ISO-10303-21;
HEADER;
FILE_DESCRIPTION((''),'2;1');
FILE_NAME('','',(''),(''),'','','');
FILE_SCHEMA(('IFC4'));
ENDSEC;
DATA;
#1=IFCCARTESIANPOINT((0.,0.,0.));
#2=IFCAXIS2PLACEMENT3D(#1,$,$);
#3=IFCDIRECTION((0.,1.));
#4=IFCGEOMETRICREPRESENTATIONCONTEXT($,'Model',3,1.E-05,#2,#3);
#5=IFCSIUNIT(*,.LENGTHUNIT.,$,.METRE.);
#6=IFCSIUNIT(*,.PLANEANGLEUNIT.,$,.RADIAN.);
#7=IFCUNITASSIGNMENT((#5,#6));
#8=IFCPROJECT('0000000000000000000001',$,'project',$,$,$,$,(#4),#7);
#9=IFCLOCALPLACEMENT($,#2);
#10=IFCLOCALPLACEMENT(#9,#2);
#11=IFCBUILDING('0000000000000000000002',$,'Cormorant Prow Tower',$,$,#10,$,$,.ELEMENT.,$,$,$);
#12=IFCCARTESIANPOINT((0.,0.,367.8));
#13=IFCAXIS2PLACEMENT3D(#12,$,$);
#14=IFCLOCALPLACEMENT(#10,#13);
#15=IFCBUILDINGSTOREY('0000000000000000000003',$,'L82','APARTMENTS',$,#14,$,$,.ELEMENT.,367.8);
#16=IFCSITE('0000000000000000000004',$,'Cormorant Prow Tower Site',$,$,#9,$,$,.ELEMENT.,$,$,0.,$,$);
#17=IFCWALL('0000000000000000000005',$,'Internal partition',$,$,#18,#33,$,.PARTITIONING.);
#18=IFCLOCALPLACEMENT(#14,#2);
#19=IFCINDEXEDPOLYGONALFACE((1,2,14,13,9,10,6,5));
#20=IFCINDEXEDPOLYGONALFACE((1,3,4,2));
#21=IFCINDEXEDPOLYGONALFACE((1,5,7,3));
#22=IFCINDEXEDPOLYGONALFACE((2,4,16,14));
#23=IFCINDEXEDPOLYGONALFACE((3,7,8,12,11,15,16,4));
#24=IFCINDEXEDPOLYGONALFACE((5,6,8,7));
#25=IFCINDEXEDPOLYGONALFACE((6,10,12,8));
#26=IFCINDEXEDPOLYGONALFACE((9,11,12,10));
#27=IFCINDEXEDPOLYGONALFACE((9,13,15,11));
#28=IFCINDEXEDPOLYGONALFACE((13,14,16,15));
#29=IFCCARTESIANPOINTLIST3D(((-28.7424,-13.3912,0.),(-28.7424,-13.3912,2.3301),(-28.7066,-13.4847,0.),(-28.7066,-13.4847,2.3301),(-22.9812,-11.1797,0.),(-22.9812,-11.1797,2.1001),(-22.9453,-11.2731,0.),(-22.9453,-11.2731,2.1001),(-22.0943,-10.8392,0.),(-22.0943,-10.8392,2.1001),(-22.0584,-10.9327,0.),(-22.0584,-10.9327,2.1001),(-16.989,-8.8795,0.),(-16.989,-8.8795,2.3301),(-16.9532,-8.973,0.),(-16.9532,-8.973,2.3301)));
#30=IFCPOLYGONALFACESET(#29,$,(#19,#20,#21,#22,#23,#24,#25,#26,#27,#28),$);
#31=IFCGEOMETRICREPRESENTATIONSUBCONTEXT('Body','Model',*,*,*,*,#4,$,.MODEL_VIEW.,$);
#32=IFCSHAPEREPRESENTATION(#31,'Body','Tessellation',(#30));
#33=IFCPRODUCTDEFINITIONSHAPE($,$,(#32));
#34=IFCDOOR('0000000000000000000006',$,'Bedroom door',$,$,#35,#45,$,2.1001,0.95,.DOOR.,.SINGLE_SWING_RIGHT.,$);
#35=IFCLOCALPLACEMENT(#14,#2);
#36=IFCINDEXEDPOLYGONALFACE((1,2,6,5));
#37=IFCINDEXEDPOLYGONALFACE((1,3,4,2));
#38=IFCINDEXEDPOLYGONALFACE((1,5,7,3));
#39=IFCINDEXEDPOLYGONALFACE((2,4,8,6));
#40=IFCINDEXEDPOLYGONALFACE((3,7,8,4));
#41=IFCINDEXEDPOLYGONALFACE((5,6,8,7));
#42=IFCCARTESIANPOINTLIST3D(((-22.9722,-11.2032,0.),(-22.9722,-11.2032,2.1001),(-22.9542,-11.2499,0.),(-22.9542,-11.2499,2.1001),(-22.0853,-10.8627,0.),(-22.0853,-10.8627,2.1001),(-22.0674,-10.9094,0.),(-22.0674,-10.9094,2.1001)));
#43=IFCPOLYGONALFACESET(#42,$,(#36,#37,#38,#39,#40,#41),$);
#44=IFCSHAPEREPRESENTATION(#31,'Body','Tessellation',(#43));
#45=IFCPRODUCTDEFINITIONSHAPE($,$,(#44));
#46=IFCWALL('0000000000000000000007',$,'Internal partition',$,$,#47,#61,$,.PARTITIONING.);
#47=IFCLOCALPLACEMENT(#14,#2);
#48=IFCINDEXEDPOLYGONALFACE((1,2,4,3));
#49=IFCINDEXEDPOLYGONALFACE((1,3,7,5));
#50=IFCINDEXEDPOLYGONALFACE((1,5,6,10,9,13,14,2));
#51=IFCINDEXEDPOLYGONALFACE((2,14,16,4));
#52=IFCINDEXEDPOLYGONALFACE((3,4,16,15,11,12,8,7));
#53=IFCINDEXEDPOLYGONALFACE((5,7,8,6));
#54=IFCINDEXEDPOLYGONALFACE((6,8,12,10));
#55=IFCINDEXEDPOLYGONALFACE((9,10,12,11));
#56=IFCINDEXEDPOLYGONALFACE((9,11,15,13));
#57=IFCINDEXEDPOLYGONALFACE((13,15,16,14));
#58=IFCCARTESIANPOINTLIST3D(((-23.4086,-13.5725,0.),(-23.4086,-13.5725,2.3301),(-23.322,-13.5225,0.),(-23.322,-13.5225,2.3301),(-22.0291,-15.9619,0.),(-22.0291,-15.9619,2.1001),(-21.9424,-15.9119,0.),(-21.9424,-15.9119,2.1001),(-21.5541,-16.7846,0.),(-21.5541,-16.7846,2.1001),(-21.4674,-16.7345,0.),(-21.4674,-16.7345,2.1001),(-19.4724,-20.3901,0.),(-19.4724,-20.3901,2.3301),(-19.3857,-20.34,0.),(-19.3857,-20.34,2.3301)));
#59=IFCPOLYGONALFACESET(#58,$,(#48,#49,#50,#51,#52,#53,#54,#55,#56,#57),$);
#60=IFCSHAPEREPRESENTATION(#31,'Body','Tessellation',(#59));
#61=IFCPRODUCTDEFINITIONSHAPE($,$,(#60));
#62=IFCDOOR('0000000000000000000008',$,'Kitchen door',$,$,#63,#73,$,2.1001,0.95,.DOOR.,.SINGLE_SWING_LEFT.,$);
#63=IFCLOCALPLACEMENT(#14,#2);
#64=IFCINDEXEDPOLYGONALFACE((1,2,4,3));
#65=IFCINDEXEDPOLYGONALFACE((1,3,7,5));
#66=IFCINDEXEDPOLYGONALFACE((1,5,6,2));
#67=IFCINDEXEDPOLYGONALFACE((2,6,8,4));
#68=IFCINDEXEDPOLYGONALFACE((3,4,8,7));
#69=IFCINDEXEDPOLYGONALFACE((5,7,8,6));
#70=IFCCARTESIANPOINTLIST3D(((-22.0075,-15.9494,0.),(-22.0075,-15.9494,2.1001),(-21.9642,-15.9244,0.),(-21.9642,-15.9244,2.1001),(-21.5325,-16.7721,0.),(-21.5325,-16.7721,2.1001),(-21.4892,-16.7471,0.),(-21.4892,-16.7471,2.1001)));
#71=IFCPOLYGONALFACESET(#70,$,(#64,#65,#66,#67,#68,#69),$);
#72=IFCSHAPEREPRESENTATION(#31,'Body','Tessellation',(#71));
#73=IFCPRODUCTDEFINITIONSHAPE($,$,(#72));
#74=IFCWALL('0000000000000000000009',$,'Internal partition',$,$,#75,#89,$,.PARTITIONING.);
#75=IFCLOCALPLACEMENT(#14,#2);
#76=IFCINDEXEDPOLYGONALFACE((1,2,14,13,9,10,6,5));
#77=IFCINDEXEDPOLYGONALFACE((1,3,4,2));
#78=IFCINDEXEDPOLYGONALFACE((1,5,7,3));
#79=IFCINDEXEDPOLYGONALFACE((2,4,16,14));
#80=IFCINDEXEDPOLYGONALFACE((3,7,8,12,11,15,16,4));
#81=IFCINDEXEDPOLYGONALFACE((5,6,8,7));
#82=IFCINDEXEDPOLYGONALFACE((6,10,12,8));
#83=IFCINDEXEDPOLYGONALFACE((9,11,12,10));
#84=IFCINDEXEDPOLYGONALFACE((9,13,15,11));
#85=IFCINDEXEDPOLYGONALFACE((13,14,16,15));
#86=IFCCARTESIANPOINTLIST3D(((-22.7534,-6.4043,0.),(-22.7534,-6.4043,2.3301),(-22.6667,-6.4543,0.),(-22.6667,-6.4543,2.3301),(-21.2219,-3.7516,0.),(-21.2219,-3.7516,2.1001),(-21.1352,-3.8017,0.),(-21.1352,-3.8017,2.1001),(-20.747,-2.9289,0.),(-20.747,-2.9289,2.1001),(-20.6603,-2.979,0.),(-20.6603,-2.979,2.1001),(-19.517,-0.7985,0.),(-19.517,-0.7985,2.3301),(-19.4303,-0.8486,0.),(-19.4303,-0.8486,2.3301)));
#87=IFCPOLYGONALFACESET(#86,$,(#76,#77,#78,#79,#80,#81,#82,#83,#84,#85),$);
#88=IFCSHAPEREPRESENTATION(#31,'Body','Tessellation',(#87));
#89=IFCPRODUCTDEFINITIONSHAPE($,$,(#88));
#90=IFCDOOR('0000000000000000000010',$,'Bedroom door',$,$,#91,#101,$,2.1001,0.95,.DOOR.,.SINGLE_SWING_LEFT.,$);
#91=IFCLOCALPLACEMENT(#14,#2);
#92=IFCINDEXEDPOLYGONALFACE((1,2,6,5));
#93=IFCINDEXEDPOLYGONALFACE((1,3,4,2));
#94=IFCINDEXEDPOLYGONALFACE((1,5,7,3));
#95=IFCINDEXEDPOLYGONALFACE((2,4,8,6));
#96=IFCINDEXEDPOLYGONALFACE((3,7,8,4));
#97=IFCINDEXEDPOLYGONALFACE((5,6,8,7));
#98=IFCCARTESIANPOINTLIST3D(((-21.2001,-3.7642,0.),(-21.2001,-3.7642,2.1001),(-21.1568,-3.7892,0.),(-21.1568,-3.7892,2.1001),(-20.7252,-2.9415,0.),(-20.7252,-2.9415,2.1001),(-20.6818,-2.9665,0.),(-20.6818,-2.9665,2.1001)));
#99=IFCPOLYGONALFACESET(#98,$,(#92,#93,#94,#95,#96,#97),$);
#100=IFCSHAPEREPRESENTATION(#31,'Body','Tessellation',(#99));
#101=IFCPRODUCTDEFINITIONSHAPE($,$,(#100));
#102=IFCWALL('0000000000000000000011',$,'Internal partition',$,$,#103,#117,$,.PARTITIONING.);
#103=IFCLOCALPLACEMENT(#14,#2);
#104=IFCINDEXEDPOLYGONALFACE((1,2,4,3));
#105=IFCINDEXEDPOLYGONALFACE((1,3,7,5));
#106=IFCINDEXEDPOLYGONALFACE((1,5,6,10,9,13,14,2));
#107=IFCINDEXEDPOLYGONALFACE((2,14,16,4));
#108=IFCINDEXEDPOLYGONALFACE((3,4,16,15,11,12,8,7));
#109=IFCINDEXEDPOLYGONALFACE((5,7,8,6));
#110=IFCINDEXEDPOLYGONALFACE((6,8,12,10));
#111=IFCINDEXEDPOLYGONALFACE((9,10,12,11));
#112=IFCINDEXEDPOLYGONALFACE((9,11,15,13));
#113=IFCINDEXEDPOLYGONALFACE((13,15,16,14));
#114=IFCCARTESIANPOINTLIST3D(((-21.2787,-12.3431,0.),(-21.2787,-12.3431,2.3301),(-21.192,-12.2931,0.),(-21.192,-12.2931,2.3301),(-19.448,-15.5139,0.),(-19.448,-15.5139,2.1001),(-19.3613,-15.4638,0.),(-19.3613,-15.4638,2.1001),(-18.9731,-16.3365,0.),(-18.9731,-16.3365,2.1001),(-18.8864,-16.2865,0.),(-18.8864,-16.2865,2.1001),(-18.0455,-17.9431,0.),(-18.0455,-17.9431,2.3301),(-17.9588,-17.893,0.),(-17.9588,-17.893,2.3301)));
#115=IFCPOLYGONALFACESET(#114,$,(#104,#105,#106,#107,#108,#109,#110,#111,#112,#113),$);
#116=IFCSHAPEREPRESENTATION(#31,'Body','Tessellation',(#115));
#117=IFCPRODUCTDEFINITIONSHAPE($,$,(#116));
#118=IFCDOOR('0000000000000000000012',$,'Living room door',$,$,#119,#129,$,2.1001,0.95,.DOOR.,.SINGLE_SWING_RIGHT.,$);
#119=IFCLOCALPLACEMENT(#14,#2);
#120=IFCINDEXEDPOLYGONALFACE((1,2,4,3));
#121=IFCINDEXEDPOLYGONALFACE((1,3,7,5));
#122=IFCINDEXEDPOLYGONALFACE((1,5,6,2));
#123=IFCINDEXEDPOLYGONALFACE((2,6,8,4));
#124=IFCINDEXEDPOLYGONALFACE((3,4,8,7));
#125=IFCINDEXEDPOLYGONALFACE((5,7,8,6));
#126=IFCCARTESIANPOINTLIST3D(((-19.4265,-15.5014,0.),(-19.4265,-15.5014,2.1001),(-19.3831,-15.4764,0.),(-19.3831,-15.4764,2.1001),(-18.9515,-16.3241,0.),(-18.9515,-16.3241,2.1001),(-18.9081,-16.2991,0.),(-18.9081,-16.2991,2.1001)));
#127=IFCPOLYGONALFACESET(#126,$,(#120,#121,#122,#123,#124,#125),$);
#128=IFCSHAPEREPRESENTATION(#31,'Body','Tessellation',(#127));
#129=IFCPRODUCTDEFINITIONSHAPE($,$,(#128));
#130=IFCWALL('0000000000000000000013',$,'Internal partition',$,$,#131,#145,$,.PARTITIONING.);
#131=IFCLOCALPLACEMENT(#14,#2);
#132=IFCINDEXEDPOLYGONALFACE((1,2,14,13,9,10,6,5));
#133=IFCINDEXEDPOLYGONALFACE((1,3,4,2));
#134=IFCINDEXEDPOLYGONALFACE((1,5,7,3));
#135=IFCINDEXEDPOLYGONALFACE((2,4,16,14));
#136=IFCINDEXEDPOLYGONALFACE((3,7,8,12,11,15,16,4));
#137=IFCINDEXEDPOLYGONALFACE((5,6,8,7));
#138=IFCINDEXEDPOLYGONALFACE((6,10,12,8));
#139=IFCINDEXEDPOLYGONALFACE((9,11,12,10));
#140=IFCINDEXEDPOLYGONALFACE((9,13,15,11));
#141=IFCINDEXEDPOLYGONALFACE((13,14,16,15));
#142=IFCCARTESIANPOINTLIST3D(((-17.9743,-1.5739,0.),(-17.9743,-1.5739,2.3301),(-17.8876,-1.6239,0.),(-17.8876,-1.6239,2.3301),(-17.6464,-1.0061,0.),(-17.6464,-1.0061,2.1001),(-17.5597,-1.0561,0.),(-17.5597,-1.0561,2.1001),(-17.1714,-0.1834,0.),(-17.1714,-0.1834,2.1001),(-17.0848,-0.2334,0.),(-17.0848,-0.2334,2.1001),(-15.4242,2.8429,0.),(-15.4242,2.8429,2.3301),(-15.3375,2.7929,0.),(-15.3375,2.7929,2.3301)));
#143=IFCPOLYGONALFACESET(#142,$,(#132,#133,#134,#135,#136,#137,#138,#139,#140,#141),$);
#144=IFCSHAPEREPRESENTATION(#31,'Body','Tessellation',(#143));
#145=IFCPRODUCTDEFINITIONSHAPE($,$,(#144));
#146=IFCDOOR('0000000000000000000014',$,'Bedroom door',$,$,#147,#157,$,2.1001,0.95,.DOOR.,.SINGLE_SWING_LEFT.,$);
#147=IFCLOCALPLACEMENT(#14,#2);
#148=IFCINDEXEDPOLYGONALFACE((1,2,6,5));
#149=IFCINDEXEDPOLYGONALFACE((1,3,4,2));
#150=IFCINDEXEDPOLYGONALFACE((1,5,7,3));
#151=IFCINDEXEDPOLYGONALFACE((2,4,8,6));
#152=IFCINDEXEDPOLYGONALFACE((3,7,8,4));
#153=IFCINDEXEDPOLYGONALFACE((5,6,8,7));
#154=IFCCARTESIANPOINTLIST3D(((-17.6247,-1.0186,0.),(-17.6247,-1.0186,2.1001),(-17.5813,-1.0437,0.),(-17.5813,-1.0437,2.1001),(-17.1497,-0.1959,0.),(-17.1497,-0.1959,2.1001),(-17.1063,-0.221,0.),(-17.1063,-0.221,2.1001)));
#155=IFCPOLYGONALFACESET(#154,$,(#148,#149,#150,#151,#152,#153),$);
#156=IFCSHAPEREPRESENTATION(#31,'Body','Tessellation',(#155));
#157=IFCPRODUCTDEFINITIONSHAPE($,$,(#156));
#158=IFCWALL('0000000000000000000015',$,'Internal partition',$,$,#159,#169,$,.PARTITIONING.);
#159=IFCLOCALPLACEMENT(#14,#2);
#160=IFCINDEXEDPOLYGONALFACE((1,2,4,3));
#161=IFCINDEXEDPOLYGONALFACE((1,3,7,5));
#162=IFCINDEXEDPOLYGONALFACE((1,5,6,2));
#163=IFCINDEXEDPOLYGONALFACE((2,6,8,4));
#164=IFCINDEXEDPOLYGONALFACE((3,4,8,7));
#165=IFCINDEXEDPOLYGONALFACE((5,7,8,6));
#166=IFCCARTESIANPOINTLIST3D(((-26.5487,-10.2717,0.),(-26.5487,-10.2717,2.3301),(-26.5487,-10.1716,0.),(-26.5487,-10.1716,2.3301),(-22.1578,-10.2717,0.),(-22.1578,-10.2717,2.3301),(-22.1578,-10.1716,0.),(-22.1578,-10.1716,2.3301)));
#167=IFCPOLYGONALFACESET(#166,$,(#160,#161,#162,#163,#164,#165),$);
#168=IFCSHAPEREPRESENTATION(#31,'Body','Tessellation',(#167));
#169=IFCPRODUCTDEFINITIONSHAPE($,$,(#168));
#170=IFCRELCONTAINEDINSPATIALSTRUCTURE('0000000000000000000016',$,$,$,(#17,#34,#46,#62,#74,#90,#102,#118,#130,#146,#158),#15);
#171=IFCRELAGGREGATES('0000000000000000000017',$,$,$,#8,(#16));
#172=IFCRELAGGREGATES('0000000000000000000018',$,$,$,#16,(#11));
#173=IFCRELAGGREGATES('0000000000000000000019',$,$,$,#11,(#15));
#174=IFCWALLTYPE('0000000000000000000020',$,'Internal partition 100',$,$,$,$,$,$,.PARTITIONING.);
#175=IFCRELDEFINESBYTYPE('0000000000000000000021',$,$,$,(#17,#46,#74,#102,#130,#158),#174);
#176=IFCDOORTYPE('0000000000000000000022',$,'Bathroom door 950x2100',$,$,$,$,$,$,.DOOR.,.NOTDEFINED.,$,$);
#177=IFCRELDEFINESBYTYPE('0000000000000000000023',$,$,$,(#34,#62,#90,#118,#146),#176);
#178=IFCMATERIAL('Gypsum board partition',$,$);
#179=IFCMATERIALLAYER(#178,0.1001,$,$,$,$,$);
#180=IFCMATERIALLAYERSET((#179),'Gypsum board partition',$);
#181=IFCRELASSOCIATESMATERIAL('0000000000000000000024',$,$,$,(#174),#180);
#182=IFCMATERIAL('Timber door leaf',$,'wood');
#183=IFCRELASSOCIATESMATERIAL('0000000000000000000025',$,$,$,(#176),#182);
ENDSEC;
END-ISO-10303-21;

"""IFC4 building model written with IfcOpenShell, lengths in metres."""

from ifc_helpers import new_model, si_unit, direction, frame, frame_2d, origin, place, context, subcontext, project, spatial, rectangle, extrude, material, layer, layer_set, type_object, element, fill, save


model = new_model("IFC4")

# Units and contexts
model_context = context("Model", 3, precision=1e-05, world=origin(), true_north=direction((0.0, 1.0)))
body_context = subcontext(model_context, "Body", "Model", "MODEL_VIEW")
ifc_project = project(units=[si_unit("LENGTHUNIT", "METRE"), si_unit("PLANEANGLEUNIT", "RADIAN")], contexts=[model_context])

# Site, building, storey
site_placement = place(None, origin())
site = spatial("IfcSite", under=ifc_project, at=site_placement, Name="Cormorant Prow Tower Site", CompositionType="ELEMENT", RefElevation=0.0)
building_placement = place(site_placement, origin())
building = spatial("IfcBuilding", under=site, at=building_placement, Name="Cormorant Prow Tower", CompositionType="ELEMENT")
storey_placement = place(building_placement, frame((0.0, 0.0, 367.8)))
storey = spatial("IfcBuildingStorey", under=building, at=storey_placement, Name="L82", Description="APARTMENTS", CompositionType="ELEMENT", Elevation=367.8)

# Walls, openings, doors
ifc_material_1 = material(Name="Gypsum board partition")
ifc_layer_1 = layer(ifc_material_1, 0.1001)
ifc_layer_set_1 = layer_set([ifc_layer_1], Name="Gypsum board partition")
wall_type_1 = type_object("IfcWallType", Name="Internal partition 100", PredefinedType="PARTITIONING", material=ifc_layer_set_1)
wall_1_placement = place(storey_placement, frame((-28.7246, -13.438, 0.0), z_axis=(0.0, 0.0, 1.0), x_axis=(0.93358, 0.358368, 0.0)))
wall_1 = element("IfcWall", 1, at=wall_1_placement, inside=storey, type_object=wall_type_1, Name="Internal partition", PredefinedType="PARTITIONING", context=body_context, shape_type="SweptSolid", body=[
    extrude(rectangle(XDim=12.5896, YDim=0.1001, at=frame_2d((6.2949, 0.0))), origin(), (0.0, 0.0, 1.0), 2.3301),
])
opening_1_placement = place(wall_1_placement, frame((6.1711, 0.0, 0.0)))
opening_1 = element("IfcOpeningElement", 2, at=opening_1_placement, cuts=wall_1, PredefinedType="OPENING", context=body_context, shape_type="SweptSolid", body=[
    extrude(rectangle(XDim=0.95, YDim=2.1001, at=frame_2d((0.4751, 1.05))), frame((0.0, 0.0601, 0.0), z_axis=(0.0, -1.0, 0.0), x_axis=(1.0, 0.0, 0.0)), (0.0, 0.0, 1.0), 0.1201),
])
ifc_material_2 = material(Name="Timber door leaf", Category="wood")
door_type_1 = type_object("IfcDoorType", Name="Bathroom door 950x2100", OperationType="NOTDEFINED", PredefinedType="DOOR", material=ifc_material_2)
door_1_placement = place(opening_1_placement, origin())
door_1 = element("IfcDoor", 3, at=door_1_placement, inside=storey, type_object=door_type_1, Name="Bedroom door", OperationType="SINGLE_SWING_RIGHT", OverallHeight=2.1001, OverallWidth=0.95, PredefinedType="DOOR", context=body_context, shape_type="SweptSolid", body=[
    extrude(rectangle(XDim=0.95, YDim=2.1001, at=frame_2d((0.4751, 1.05))), frame((0.0, 0.0249, 0.0), z_axis=(0.0, -1.0, 0.0), x_axis=(1.0, 0.0, 0.0)), (0.0, 0.0, 1.0), 0.05),
])
fill(opening_1, door_1)
wall_2_placement = place(storey_placement, frame((-23.3652, -13.5476, 0.0), z_axis=(0.0, 0.0, 1.0), x_axis=(0.500011, -0.866019, 0.0)))
wall_2 = element("IfcWall", 4, at=wall_2_placement, inside=storey, type_object=wall_type_1, Name="Internal partition", PredefinedType="PARTITIONING", context=body_context, shape_type="SweptSolid", body=[
    extrude(rectangle(XDim=7.8723, YDim=0.1001, at=frame_2d((3.936, 0.0))), origin(), (0.0, 0.0, 1.0), 2.3301),
])
opening_2_placement = place(wall_2_placement, frame((2.7588, 0.0, 0.0)))
opening_2 = element("IfcOpeningElement", 5, at=opening_2_placement, cuts=wall_2, PredefinedType="OPENING", context=body_context, shape_type="SweptSolid", body=[
    extrude(rectangle(XDim=0.95, YDim=2.1001, at=frame_2d((0.4751, 1.05))), frame((0.0, 0.0601, 0.0), z_axis=(0.0, -1.0, 0.0), x_axis=(1.0, 0.0, 0.0)), (0.0, 0.0, 1.0), 0.1201),
])
door_2_placement = place(opening_2_placement, origin())
door_2 = element("IfcDoor", 6, at=door_2_placement, inside=storey, type_object=door_type_1, Name="Kitchen door", OperationType="SINGLE_SWING_LEFT", OverallHeight=2.1001, OverallWidth=0.95, PredefinedType="DOOR", context=body_context, shape_type="SweptSolid", body=[
    extrude(rectangle(XDim=0.95, YDim=2.1001, at=frame_2d((0.4751, 1.05))), frame((0.0, 0.0249, 0.0), z_axis=(0.0, -1.0, 0.0), x_axis=(1.0, 0.0, 0.0)), (0.0, 0.0, 1.0), 0.05),
])
fill(opening_2, door_2)
wall_3_placement = place(storey_placement, frame((-22.71, -6.4292, 0.0), z_axis=(0.0, 0.0, 1.0), x_axis=(0.499985, 0.866034, 0.0)))
wall_3 = element("IfcWall", 7, at=wall_3_placement, inside=storey, type_object=wall_type_1, Name="Internal partition", PredefinedType="PARTITIONING", context=body_context, shape_type="SweptSolid", body=[
    extrude(rectangle(XDim=6.4729, YDim=0.1001, at=frame_2d((3.2363, 0.0))), origin(), (0.0, 0.0, 1.0), 2.3301),
])
opening_3_placement = place(wall_3_placement, frame((3.0627, 0.0, 0.0)))
opening_3 = element("IfcOpeningElement", 8, at=opening_3_placement, cuts=wall_3, PredefinedType="OPENING", context=body_context, shape_type="SweptSolid", body=[
    extrude(rectangle(XDim=0.95, YDim=2.1001, at=frame_2d((0.4751, 1.05))), frame((0.0, 0.0601, 0.0), z_axis=(0.0, -1.0, 0.0), x_axis=(1.0, 0.0, 0.0)), (0.0, 0.0, 1.0), 0.1201),
])
door_3_placement = place(opening_3_placement, origin())
door_3 = element("IfcDoor", 9, at=door_3_placement, inside=storey, type_object=door_type_1, Name="Bedroom door", OperationType="SINGLE_SWING_LEFT", OverallHeight=2.1001, OverallWidth=0.95, PredefinedType="DOOR", context=body_context, shape_type="SweptSolid", body=[
    extrude(rectangle(XDim=0.95, YDim=2.1001, at=frame_2d((0.4751, 1.05))), frame((0.0, 0.0249, 0.0), z_axis=(0.0, -1.0, 0.0), x_axis=(1.0, 0.0, 0.0)), (0.0, 0.0, 1.0), 0.05),
])
fill(opening_3, door_3)
wall_4_placement = place(storey_placement, frame((-21.2354, -12.3181, 0.0), z_axis=(0.0, 0.0, 1.0), x_axis=(0.500009, -0.86602, 0.0)))
wall_4 = element("IfcWall", 10, at=wall_4_placement, inside=storey, type_object=wall_type_1, Name="Internal partition", PredefinedType="PARTITIONING", context=body_context, shape_type="SweptSolid", body=[
    extrude(rectangle(XDim=6.4663, YDim=0.1001, at=frame_2d((3.2332, 0.0))), origin(), (0.0, 0.0, 1.0), 2.3301),
])
opening_4_placement = place(wall_4_placement, frame((3.6611, 0.0, 0.0)))
opening_4 = element("IfcOpeningElement", 11, at=opening_4_placement, cuts=wall_4, PredefinedType="OPENING", context=body_context, shape_type="SweptSolid", body=[
    extrude(rectangle(XDim=0.95, YDim=2.1001, at=frame_2d((0.4751, 1.05))), frame((0.0, 0.0601, 0.0), z_axis=(0.0, -1.0, 0.0), x_axis=(1.0, 0.0, 0.0)), (0.0, 0.0, 1.0), 0.1201),
])
door_4_placement = place(opening_4_placement, origin())
door_4 = element("IfcDoor", 12, at=door_4_placement, inside=storey, type_object=door_type_1, Name="Living room door", OperationType="SINGLE_SWING_RIGHT", OverallHeight=2.1001, OverallWidth=0.95, PredefinedType="DOOR", context=body_context, shape_type="SweptSolid", body=[
    extrude(rectangle(XDim=0.95, YDim=2.1001, at=frame_2d((0.4751, 1.05))), frame((0.0, 0.0249, 0.0), z_axis=(0.0, -1.0, 0.0), x_axis=(1.0, 0.0, 0.0)), (0.0, 0.0, 1.0), 0.05),
])
fill(opening_4, door_4)
wall_5_placement = place(storey_placement, frame((-17.9309, -1.5989, 0.0), z_axis=(0.0, 0.0, 1.0), x_axis=(0.500006, 0.866022, 0.0)))
wall_5 = element("IfcWall", 13, at=wall_5_placement, inside=storey, type_object=wall_type_1, Name="Internal partition", PredefinedType="PARTITIONING", context=body_context, shape_type="SweptSolid", body=[
    extrude(rectangle(XDim=5.1001, YDim=0.1001, at=frame_2d((2.55, 0.0))), origin(), (0.0, 0.0, 1.0), 2.3301),
])
opening_5_placement = place(wall_5_placement, frame((0.6555, 0.0, 0.0)))
opening_5 = element("IfcOpeningElement", 14, at=opening_5_placement, cuts=wall_5, PredefinedType="OPENING", context=body_context, shape_type="SweptSolid", body=[
    extrude(rectangle(XDim=0.95, YDim=2.1001, at=frame_2d((0.4751, 1.05))), frame((0.0, 0.0601, 0.0), z_axis=(0.0, -1.0, 0.0), x_axis=(1.0, 0.0, 0.0)), (0.0, 0.0, 1.0), 0.1201),
])
door_5_placement = place(opening_5_placement, origin())
door_5 = element("IfcDoor", 15, at=door_5_placement, inside=storey, type_object=door_type_1, Name="Bedroom door", OperationType="SINGLE_SWING_LEFT", OverallHeight=2.1001, OverallWidth=0.95, PredefinedType="DOOR", context=body_context, shape_type="SweptSolid", body=[
    extrude(rectangle(XDim=0.95, YDim=2.1001, at=frame_2d((0.4751, 1.05))), frame((0.0, 0.0249, 0.0), z_axis=(0.0, -1.0, 0.0), x_axis=(1.0, 0.0, 0.0)), (0.0, 0.0, 1.0), 0.05),
])
fill(opening_5, door_5)

# Wall
wall_6_placement = place(storey_placement, frame((-26.5486, -10.2217, 0.0), z_axis=(0.0, 0.0, 1.0), x_axis=(1.0, 0.0, 0.0)))
element("IfcWall", 16, at=wall_6_placement, inside=storey, type_object=wall_type_1, Name="Internal partition", PredefinedType="PARTITIONING", context=body_context, shape_type="SweptSolid", body=[
    extrude(rectangle(XDim=4.3909, YDim=0.1001, at=frame_2d((2.1953, 0.0))), origin(), (0.0, 0.0, 1.0), 2.3301),
])

save(model, "model.ifc")
